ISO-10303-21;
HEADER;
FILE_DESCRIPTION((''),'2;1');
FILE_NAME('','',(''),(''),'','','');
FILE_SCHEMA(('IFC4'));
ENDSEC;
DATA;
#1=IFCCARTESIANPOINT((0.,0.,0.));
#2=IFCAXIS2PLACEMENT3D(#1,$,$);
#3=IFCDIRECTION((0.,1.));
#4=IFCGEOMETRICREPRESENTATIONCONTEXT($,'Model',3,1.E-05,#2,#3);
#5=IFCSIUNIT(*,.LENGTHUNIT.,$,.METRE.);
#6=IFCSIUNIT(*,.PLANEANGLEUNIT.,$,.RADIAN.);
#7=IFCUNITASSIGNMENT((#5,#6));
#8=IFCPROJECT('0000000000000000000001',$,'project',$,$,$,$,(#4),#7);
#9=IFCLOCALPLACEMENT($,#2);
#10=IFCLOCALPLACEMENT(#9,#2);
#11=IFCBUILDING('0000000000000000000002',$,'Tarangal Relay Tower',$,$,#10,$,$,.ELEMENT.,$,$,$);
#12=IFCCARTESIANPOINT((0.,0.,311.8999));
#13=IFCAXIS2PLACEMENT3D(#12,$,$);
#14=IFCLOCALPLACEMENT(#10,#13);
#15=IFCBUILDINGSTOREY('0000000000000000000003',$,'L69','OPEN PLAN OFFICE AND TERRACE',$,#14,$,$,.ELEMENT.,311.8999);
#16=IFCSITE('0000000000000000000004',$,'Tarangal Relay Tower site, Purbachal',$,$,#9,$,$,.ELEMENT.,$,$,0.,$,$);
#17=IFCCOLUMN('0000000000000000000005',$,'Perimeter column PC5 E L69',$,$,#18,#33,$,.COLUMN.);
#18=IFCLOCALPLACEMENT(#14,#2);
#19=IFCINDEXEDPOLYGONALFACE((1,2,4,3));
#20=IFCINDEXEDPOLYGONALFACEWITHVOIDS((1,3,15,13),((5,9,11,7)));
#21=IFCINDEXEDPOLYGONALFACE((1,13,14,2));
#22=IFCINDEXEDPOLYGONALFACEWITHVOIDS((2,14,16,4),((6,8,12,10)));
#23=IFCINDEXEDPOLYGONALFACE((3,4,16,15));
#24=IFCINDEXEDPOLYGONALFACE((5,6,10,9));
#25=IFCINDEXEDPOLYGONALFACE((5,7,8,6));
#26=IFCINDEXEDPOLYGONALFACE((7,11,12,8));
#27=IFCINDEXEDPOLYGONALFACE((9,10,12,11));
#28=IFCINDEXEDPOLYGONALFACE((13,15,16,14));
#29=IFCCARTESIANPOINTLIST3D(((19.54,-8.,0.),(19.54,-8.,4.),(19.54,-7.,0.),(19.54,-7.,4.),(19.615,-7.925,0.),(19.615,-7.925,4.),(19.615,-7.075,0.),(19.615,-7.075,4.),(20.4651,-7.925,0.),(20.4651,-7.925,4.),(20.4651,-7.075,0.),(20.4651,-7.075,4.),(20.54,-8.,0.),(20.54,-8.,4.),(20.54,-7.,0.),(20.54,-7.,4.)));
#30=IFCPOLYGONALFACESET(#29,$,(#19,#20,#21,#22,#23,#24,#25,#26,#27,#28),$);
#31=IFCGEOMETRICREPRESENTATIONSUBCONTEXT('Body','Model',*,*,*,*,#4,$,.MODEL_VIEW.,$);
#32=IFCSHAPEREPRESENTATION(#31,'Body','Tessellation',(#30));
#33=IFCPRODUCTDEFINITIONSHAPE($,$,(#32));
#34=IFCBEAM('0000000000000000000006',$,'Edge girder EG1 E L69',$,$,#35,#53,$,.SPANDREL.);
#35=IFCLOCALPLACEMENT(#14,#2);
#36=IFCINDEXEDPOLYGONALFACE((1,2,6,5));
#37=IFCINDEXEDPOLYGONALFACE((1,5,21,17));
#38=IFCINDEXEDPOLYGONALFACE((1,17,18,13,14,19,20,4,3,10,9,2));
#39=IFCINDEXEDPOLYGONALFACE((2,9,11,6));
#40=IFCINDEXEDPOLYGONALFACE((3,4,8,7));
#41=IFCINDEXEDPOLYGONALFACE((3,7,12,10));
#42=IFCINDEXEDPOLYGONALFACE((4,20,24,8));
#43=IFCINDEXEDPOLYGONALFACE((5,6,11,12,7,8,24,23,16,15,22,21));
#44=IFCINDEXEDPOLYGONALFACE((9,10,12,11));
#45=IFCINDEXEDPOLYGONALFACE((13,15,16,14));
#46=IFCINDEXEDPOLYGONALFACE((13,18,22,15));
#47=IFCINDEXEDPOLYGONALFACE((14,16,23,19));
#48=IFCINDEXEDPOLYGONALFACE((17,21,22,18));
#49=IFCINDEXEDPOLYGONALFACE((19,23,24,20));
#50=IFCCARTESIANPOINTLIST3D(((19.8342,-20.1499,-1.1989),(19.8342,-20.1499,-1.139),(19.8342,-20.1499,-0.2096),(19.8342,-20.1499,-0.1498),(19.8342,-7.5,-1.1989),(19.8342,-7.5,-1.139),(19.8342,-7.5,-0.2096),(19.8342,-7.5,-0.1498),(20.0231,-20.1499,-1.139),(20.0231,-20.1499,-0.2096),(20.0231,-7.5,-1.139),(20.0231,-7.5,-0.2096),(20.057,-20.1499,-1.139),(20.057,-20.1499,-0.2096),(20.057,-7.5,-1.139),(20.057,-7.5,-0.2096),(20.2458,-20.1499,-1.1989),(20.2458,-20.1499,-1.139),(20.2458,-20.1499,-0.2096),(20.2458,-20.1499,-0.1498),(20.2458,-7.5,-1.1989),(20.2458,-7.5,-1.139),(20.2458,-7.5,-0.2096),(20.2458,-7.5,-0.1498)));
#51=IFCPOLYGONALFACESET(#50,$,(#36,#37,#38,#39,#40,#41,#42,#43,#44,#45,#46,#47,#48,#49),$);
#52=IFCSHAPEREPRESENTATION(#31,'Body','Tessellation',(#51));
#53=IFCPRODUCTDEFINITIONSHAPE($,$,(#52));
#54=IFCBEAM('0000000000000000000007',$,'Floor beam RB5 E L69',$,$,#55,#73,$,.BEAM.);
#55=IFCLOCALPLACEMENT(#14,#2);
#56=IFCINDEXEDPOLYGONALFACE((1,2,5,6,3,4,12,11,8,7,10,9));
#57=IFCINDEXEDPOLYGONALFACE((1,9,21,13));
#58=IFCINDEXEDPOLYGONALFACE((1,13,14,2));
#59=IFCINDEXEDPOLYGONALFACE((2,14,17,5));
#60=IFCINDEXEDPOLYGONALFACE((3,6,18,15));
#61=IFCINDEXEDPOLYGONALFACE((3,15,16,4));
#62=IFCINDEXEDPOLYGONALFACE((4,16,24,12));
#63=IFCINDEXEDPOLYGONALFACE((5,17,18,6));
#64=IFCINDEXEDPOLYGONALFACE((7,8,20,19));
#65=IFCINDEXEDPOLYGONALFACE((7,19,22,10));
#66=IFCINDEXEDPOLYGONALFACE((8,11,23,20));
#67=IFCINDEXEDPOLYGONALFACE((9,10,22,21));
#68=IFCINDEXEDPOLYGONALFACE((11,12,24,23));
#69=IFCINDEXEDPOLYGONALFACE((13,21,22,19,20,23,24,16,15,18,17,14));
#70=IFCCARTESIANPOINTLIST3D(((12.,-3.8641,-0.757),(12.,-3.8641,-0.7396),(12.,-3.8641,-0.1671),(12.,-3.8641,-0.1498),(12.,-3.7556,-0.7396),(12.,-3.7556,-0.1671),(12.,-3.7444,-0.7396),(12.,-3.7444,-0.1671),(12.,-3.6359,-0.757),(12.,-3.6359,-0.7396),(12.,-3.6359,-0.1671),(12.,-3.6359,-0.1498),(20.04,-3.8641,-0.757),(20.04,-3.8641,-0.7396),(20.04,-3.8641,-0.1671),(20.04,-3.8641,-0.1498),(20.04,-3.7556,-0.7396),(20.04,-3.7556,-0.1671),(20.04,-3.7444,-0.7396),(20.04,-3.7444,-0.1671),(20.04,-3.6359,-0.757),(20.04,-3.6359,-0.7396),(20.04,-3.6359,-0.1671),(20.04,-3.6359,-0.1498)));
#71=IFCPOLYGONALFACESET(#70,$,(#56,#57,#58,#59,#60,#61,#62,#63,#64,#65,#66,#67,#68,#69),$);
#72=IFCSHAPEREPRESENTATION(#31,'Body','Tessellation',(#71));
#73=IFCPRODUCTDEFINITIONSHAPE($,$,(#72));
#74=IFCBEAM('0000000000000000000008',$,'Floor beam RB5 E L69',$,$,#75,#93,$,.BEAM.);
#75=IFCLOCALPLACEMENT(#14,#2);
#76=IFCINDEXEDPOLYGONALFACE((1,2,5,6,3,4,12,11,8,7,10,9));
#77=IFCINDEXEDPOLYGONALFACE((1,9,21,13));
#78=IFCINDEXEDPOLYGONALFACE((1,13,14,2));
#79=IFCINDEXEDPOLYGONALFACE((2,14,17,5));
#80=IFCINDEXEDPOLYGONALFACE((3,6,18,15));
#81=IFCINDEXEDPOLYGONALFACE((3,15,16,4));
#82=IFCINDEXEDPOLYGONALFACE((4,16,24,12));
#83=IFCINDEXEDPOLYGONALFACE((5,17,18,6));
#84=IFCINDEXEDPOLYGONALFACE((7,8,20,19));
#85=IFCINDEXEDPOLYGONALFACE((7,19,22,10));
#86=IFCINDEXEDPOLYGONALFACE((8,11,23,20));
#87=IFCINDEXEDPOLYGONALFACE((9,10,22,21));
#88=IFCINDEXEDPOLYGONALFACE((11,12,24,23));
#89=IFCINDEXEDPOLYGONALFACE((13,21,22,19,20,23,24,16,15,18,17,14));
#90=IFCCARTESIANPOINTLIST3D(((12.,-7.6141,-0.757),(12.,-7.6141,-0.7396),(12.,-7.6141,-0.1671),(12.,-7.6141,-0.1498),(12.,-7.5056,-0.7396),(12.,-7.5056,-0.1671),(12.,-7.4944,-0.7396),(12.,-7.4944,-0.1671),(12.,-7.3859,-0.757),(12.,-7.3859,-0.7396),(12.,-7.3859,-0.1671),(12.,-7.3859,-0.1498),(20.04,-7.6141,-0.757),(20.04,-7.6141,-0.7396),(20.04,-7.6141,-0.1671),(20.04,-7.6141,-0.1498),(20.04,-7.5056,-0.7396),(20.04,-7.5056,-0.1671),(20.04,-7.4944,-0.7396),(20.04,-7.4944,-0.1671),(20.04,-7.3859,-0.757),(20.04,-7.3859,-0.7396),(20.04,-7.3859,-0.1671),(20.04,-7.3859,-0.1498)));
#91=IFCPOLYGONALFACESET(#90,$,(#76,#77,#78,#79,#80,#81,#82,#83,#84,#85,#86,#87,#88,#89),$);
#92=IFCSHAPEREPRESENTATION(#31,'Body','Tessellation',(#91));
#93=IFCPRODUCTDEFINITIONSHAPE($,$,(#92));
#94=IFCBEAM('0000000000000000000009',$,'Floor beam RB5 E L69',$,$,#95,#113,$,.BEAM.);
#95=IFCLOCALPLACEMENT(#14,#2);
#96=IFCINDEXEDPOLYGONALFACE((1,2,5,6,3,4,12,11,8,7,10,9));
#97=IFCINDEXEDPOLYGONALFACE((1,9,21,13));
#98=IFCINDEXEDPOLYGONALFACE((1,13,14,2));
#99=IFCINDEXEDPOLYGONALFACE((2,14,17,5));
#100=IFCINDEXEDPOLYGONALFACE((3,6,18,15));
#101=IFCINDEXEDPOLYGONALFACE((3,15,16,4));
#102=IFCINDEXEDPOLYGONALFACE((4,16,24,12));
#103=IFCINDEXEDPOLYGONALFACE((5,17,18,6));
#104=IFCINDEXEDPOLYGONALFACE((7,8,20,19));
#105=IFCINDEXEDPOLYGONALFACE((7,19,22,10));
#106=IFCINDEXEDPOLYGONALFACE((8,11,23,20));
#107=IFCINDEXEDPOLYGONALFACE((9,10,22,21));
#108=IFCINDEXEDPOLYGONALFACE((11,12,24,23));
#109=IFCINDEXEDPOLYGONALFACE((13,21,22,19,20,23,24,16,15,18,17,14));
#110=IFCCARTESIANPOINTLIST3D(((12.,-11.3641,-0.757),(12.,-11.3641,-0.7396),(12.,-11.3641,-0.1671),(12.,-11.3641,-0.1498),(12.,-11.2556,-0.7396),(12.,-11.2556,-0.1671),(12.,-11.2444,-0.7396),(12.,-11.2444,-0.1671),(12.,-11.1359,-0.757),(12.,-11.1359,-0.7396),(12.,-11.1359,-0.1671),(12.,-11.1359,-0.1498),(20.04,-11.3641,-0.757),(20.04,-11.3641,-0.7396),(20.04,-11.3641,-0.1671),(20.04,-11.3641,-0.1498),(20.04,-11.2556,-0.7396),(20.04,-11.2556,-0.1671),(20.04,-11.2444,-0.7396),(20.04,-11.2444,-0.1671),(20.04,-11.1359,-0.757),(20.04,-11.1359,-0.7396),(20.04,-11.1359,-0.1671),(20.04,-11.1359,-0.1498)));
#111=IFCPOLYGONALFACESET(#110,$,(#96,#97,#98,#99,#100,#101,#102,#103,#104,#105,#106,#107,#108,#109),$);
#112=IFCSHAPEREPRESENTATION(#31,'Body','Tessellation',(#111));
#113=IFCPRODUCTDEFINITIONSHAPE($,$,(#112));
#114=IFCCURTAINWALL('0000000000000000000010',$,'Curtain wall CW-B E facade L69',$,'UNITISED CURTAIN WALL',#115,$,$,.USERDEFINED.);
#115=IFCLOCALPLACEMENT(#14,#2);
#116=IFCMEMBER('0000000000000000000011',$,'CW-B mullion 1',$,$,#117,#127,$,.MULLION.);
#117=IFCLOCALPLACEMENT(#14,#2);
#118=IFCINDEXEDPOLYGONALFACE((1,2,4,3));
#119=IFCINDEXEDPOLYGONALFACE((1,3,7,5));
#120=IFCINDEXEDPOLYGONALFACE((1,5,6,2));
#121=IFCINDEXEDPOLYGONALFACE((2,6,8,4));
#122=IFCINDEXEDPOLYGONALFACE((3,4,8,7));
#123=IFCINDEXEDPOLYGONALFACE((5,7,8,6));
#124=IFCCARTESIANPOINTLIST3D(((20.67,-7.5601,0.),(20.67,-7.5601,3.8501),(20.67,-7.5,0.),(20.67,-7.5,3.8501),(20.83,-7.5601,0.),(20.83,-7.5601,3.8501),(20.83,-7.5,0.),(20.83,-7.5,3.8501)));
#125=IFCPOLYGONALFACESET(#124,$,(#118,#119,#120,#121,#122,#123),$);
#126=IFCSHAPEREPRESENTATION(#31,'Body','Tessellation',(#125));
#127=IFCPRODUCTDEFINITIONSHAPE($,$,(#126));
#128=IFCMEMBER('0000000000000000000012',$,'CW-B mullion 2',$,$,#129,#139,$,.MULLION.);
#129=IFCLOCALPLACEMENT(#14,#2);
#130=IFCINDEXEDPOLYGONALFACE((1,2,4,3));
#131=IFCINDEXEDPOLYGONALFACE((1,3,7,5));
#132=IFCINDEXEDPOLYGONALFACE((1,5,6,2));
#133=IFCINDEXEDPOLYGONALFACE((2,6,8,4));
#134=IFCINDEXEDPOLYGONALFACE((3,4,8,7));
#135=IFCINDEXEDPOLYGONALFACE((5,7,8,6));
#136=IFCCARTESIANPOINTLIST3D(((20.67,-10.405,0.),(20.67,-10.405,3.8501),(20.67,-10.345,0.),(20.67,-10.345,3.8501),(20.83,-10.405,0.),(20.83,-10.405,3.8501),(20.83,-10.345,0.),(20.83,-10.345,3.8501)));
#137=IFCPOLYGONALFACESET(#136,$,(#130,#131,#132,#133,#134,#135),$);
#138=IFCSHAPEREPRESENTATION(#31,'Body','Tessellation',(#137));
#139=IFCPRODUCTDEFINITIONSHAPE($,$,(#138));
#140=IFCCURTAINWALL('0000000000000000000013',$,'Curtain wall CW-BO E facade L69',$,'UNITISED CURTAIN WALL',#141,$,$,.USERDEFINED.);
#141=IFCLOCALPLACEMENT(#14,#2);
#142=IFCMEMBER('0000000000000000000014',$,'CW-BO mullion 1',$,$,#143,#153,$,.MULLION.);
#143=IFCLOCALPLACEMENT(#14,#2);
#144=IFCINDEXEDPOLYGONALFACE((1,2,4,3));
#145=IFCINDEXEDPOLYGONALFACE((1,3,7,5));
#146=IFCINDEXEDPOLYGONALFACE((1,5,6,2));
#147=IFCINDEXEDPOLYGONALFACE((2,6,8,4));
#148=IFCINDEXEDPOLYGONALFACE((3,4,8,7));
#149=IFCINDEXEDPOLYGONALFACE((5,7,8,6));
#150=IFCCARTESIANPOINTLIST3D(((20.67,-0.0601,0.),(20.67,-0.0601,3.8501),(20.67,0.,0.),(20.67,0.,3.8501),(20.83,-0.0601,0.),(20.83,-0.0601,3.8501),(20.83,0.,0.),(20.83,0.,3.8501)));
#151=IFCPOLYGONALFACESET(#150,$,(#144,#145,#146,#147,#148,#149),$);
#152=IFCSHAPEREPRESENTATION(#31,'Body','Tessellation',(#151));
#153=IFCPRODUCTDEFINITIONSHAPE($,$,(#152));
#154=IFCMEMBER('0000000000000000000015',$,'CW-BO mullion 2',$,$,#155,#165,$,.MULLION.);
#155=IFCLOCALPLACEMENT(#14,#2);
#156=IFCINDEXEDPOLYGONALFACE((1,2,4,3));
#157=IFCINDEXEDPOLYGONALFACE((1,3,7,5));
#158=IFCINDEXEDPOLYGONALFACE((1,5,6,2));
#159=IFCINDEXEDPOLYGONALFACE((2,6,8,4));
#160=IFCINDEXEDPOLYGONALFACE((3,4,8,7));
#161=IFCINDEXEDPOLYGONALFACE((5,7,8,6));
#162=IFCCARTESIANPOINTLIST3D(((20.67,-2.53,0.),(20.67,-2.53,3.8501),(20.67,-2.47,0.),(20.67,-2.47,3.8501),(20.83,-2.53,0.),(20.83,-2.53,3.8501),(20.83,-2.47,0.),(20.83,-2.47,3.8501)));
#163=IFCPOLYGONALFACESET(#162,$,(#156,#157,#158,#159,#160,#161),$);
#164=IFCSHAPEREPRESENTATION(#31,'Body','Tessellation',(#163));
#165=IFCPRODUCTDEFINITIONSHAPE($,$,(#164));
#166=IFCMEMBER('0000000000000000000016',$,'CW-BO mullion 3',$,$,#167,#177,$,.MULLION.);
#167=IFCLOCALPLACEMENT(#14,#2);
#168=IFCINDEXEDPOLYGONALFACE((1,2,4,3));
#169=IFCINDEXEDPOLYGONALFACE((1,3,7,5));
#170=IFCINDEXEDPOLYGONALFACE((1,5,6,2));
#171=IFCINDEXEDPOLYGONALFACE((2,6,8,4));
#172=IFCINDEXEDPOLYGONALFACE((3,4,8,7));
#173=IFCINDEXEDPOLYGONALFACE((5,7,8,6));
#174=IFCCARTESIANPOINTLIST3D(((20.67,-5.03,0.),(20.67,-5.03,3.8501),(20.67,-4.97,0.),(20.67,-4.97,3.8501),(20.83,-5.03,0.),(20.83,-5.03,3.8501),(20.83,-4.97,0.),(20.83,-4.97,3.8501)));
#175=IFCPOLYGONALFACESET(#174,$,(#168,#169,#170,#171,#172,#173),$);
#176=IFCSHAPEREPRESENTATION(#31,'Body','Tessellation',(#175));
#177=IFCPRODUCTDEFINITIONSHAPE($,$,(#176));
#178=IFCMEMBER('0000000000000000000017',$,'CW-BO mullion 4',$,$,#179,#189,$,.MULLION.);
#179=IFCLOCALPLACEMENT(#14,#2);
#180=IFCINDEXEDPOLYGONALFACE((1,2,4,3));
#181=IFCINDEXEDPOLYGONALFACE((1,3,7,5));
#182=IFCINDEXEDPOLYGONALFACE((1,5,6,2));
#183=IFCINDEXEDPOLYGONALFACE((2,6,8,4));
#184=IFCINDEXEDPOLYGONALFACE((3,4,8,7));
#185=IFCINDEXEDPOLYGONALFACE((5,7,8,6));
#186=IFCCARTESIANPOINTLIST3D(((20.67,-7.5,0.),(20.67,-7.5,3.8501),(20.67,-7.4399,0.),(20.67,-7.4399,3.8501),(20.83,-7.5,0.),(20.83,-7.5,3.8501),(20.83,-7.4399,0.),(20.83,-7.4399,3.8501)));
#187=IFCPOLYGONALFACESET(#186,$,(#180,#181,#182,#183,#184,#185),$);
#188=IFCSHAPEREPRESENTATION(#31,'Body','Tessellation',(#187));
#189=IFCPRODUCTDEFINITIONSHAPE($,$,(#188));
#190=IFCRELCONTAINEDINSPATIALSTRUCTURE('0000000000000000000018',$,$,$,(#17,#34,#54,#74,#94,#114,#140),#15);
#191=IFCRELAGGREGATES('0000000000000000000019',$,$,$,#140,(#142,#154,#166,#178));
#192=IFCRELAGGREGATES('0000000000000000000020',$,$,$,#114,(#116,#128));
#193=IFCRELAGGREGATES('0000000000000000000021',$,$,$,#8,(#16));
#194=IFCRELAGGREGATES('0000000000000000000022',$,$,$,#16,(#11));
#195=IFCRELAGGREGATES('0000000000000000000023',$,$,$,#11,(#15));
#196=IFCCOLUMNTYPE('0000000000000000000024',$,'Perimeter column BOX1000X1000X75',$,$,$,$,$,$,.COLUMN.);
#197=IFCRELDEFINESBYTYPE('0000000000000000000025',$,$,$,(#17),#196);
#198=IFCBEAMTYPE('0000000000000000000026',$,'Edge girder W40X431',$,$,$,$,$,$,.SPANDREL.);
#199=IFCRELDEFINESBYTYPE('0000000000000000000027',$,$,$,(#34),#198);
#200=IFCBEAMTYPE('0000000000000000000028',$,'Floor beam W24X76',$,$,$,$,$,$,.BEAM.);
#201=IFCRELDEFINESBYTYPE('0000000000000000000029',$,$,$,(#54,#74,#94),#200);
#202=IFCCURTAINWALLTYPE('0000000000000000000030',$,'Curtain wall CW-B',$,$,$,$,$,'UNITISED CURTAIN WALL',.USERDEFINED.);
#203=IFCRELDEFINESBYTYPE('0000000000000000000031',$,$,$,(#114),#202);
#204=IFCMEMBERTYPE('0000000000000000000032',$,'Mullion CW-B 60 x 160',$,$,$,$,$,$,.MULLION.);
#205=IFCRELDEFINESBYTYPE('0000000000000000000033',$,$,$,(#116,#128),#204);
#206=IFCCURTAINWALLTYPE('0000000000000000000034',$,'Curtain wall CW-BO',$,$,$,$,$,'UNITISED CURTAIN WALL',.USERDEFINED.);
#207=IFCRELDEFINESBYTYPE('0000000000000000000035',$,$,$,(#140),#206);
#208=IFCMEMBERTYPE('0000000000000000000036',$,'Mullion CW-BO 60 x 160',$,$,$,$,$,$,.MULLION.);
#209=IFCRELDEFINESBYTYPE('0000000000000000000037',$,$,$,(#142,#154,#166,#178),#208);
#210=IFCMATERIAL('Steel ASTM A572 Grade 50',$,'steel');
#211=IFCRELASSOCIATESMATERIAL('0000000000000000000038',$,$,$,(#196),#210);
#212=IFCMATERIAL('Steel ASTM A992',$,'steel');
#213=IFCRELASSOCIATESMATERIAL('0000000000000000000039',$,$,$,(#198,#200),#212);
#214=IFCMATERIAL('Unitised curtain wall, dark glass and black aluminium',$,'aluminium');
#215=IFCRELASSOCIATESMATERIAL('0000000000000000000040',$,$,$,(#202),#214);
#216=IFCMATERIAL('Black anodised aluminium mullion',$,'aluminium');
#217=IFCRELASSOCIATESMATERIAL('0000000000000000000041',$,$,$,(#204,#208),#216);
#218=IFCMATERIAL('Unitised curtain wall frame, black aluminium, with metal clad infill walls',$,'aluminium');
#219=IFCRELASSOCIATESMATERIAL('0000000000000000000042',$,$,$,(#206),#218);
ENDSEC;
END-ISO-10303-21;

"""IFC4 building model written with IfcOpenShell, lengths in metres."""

from ifc_helpers import new_model, si_unit, direction, frame, origin, origin_2d, place, context, subcontext, project, spatial, rectangle, hollow_rectangle, i_section, extrude, material, material_profile, profile_set, type_object, element, aggregate, save


model = new_model("IFC4")

# Units and contexts
model_context = context("Model", 3, precision=1e-05, world=origin(), true_north=direction((0.0, 1.0)))
body_context = subcontext(model_context, "Body", "Model", "MODEL_VIEW")
ifc_project = project(units=[si_unit("LENGTHUNIT", "METRE"), si_unit("PLANEANGLEUNIT", "RADIAN")], contexts=[model_context])

# Site, building, storey
site_placement = place(None, origin())
site = spatial("IfcSite", under=ifc_project, at=site_placement, Name="Tarangal Relay Tower site, Purbachal", CompositionType="ELEMENT", RefElevation=0.0)
building_placement = place(site_placement, origin())
building = spatial("IfcBuilding", under=site, at=building_placement, Name="Tarangal Relay Tower", CompositionType="ELEMENT")
storey_placement = place(building_placement, frame((0.0, 0.0, 311.8999)))
storey = spatial("IfcBuildingStorey", under=building, at=storey_placement, Name="L69", Description="OPEN PLAN OFFICE AND TERRACE", CompositionType="ELEMENT", Elevation=311.8999)

# Column
ifc_material_1 = material(Name="Steel ASTM A572 Grade 50", Category="steel")
ifc_material_profile_1 = material_profile(ifc_material_1, hollow_rectangle(XDim=1.0, YDim=1.0, WallThickness=0.075, at=origin_2d()), Name="BOX1000X1000X75")
ifc_profile_set_1 = profile_set([ifc_material_profile_1], Name="Steel ASTM A572 Grade 50")
column_type = type_object("IfcColumnType", Name="Perimeter column BOX1000X1000X75", PredefinedType="COLUMN", material=ifc_profile_set_1)
column_placement = place(storey_placement, frame((20.04, -7.5, 0.0), z_axis=(0.0, 0.0, 1.0), x_axis=(1.0, 0.0, 0.0)))
element("IfcColumn", 1, at=column_placement, inside=storey, type_object=column_type, Name="Perimeter column PC5 E L69", PredefinedType="COLUMN", context=body_context, shape_type="SweptSolid", body=[
    extrude(hollow_rectangle(XDim=1.0, YDim=1.0, WallThickness=0.075, at=origin_2d()), origin(), (0.0, 0.0, 1.0), 4.0),
])

# Beams
ifc_material_2 = material(Name="Steel ASTM A992", Category="steel")
ifc_material_profile_2 = material_profile(ifc_material_2, i_section(OverallWidth=0.4116, OverallDepth=1.0491, WebThickness=0.0339, FlangeThickness=0.0598, at=origin_2d()), Name="W40X431")
ifc_profile_set_2 = profile_set([ifc_material_profile_2], Name="Steel ASTM A992")
beam_type_1 = type_object("IfcBeamType", Name="Edge girder W40X431", PredefinedType="SPANDREL", material=ifc_profile_set_2)
beam_placement = place(storey_placement, frame((20.04, -7.5, -0.6743), z_axis=(0.0, -1.0, 0.0), x_axis=(1.0, 0.0, 0.0)))
element("IfcBeam", 2, at=beam_placement, inside=storey, type_object=beam_type_1, Name="Edge girder EG1 E L69", PredefinedType="SPANDREL", context=body_context, shape_type="SweptSolid", body=[
    extrude(i_section(OverallWidth=0.4116, OverallDepth=1.0491, WebThickness=0.0339, FlangeThickness=0.0598, at=origin_2d()), origin(), (0.0, 0.0, 1.0), 12.6499),
])
ifc_material_profile_3 = material_profile(ifc_material_2, i_section(OverallWidth=0.2283, OverallDepth=0.6072, WebThickness=0.0112, FlangeThickness=0.0173, at=origin_2d()), Name="W24X76")
ifc_profile_set_3 = profile_set([ifc_material_profile_3], Name="Steel ASTM A992")
beam_type_2 = type_object("IfcBeamType", Name="Floor beam W24X76", PredefinedType="BEAM", material=ifc_profile_set_3)
for number, where, z_axis, x_axis, name in (
    (3, (12.0, -3.75, -0.4534), (1.0, 0.0, 0.0), (0.0, 1.0, 0.0), "Floor beam RB5 E L69"),
    (4, (12.0, -7.5, -0.4534), (1.0, 0.0, 0.0), (0.0, 1.0, 0.0), "Floor beam RB5 E L69"),
    (5, (12.0, -11.25, -0.4534), (1.0, 0.0, 0.0), (0.0, 1.0, 0.0), "Floor beam RB5 E L69"),
):
    element("IfcBeam", number, at=place(storey_placement, frame(where, z_axis=z_axis, x_axis=x_axis)), inside=storey, type_object=beam_type_2, Name=name, PredefinedType="BEAM", context=body_context, shape_type="SweptSolid", body=[
        extrude(i_section(OverallWidth=0.2283, OverallDepth=0.6072, WebThickness=0.0112, FlangeThickness=0.0173, at=origin_2d()), origin(), (0.0, 0.0, 1.0), 8.04),
    ])

# Curtain walls, members
ifc_material_3 = material(Name="Unitised curtain wall, dark glass and black aluminium", Category="aluminium")
curtain_wall_type_1 = type_object("IfcCurtainWallType", Name="Curtain wall CW-B", ElementType="UNITISED CURTAIN WALL", PredefinedType="USERDEFINED", material=ifc_material_3)
curtain_wall_1_placement = place(storey_placement, origin())
curtain_wall_1 = element("IfcCurtainWall", 6, at=curtain_wall_1_placement, inside=storey, type_object=curtain_wall_type_1, Name="Curtain wall CW-B E facade L69", ObjectType="UNITISED CURTAIN WALL", PredefinedType="USERDEFINED")
ifc_material_4 = material(Name="Black anodised aluminium mullion", Category="aluminium")
ifc_material_profile_4 = material_profile(ifc_material_4, rectangle(XDim=0.1599, YDim=0.0601, at=origin_2d()), Name="CW-BM 60X160")
ifc_profile_set_4 = profile_set([ifc_material_profile_4], Name="Black anodised aluminium mullion")
member_type_1 = type_object("IfcMemberType", Name="Mullion CW-B 60 x 160", PredefinedType="MULLION", material=ifc_profile_set_4)
member_1_placement = place(storey_placement, frame((20.75, -7.53, 0.0), z_axis=(0.0, 0.0, 1.0), x_axis=(1.0, 0.0, 0.0)))
member_1 = element("IfcMember", 7, at=member_1_placement, type_object=member_type_1, Name="CW-B mullion 1", PredefinedType="MULLION", context=body_context, shape_type="SweptSolid", body=[
    extrude(rectangle(XDim=0.1599, YDim=0.0601, at=origin_2d()), origin(), (0.0, 0.0, 1.0), 3.8501),
])
member_2_placement = place(storey_placement, frame((20.75, -10.375, 0.0), z_axis=(0.0, 0.0, 1.0), x_axis=(1.0, 0.0, 0.0)))
member_2 = element("IfcMember", 8, at=member_2_placement, type_object=member_type_1, Name="CW-B mullion 2", PredefinedType="MULLION", context=body_context, shape_type="SweptSolid", body=[
    extrude(rectangle(XDim=0.1599, YDim=0.0601, at=origin_2d()), origin(), (0.0, 0.0, 1.0), 3.8501),
])
ifc_material_5 = material(Name="Unitised curtain wall frame, black aluminium, with metal clad infill walls", Category="aluminium")
curtain_wall_type_2 = type_object("IfcCurtainWallType", Name="Curtain wall CW-BO", ElementType="UNITISED CURTAIN WALL", PredefinedType="USERDEFINED", material=ifc_material_5)
curtain_wall_2_placement = place(storey_placement, origin())
curtain_wall_2 = element("IfcCurtainWall", 9, at=curtain_wall_2_placement, inside=storey, type_object=curtain_wall_type_2, Name="Curtain wall CW-BO E facade L69", ObjectType="UNITISED CURTAIN WALL", PredefinedType="USERDEFINED")
ifc_material_profile_5 = material_profile(ifc_material_4, rectangle(XDim=0.1599, YDim=0.0601, at=origin_2d()), Name="CW-BOM 60X160")
ifc_profile_set_5 = profile_set([ifc_material_profile_5], Name="Black anodised aluminium mullion")
member_type_2 = type_object("IfcMemberType", Name="Mullion CW-BO 60 x 160", PredefinedType="MULLION", material=ifc_profile_set_5)
member_3_placement = place(storey_placement, frame((20.75, -0.03, 0.0), z_axis=(0.0, 0.0, 1.0), x_axis=(1.0, 0.0, 0.0)))
member_3 = element("IfcMember", 10, at=member_3_placement, type_object=member_type_2, Name="CW-BO mullion 1", PredefinedType="MULLION", context=body_context, shape_type="SweptSolid", body=[
    extrude(rectangle(XDim=0.1599, YDim=0.0601, at=origin_2d()), origin(), (0.0, 0.0, 1.0), 3.8501),
])
member_4_placement = place(storey_placement, frame((20.75, -2.5, 0.0), z_axis=(0.0, 0.0, 1.0), x_axis=(1.0, 0.0, 0.0)))
member_4 = element("IfcMember", 11, at=member_4_placement, type_object=member_type_2, Name="CW-BO mullion 2", PredefinedType="MULLION", context=body_context, shape_type="SweptSolid", body=[
    extrude(rectangle(XDim=0.1599, YDim=0.0601, at=origin_2d()), origin(), (0.0, 0.0, 1.0), 3.8501),
])
member_5_placement = place(storey_placement, frame((20.75, -5.0, 0.0), z_axis=(0.0, 0.0, 1.0), x_axis=(1.0, 0.0, 0.0)))
member_5 = element("IfcMember", 12, at=member_5_placement, type_object=member_type_2, Name="CW-BO mullion 3", PredefinedType="MULLION", context=body_context, shape_type="SweptSolid", body=[
    extrude(rectangle(XDim=0.1599, YDim=0.0601, at=origin_2d()), origin(), (0.0, 0.0, 1.0), 3.8501),
])
member_6_placement = place(storey_placement, frame((20.75, -7.47, 0.0), z_axis=(0.0, 0.0, 1.0), x_axis=(1.0, 0.0, 0.0)))
member_6 = element("IfcMember", 13, at=member_6_placement, type_object=member_type_2, Name="CW-BO mullion 4", PredefinedType="MULLION", context=body_context, shape_type="SweptSolid", body=[
    extrude(rectangle(XDim=0.1599, YDim=0.0601, at=origin_2d()), origin(), (0.0, 0.0, 1.0), 3.8501),
])

aggregate(curtain_wall_2, [member_3, member_4, member_5, member_6])

aggregate(curtain_wall_1, [member_1, member_2])

save(model, "model.ifc")
